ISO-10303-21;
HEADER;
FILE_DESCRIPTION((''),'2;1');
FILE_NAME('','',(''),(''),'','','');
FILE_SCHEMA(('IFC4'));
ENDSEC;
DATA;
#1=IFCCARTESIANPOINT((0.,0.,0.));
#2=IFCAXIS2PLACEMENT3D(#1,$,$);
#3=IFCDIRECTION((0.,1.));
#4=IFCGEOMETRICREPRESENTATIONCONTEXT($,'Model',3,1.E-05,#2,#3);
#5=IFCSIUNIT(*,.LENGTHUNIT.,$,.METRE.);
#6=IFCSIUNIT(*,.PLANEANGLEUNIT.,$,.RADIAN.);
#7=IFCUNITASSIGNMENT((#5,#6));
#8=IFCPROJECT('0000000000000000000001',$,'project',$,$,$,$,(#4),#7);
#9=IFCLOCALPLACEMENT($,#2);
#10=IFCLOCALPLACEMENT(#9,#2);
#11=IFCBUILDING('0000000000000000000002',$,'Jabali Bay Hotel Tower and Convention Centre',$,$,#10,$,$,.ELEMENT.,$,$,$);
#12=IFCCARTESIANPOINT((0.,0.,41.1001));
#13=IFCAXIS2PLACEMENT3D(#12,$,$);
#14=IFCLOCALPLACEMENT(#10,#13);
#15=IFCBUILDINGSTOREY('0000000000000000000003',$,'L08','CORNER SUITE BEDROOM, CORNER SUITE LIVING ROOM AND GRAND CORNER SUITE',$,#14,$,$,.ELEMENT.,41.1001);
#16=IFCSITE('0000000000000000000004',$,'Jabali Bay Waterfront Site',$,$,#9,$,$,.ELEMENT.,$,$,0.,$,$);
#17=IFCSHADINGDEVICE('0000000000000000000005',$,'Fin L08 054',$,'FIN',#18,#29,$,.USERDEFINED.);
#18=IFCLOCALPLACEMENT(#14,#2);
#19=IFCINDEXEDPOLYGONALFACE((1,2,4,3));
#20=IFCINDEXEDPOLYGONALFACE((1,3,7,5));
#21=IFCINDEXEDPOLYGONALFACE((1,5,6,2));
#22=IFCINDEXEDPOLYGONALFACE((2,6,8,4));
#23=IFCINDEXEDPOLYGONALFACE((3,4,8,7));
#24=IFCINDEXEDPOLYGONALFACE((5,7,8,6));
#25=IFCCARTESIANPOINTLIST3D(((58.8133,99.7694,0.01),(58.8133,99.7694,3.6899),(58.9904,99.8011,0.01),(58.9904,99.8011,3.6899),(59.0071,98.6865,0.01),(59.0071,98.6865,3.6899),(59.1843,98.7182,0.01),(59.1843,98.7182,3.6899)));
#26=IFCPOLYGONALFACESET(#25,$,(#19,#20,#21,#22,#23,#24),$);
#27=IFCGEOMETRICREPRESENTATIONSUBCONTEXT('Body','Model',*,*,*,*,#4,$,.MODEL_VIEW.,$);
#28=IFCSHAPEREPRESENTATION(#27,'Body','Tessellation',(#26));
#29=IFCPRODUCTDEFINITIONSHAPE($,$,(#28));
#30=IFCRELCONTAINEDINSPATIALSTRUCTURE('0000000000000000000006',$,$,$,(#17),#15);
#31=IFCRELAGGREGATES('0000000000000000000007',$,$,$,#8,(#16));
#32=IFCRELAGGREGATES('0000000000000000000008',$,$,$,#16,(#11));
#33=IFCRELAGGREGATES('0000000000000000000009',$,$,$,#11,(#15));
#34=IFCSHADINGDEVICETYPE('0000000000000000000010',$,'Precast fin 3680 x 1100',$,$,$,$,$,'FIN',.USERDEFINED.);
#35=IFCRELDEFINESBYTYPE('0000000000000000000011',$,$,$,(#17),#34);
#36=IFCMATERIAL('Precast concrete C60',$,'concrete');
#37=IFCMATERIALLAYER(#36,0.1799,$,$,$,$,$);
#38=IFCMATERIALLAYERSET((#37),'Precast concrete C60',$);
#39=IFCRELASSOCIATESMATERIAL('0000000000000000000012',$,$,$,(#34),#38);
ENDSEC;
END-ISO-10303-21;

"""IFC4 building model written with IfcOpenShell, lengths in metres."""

from ifc_helpers import new_model, si_unit, direction, frame, frame_2d, origin, place, context, subcontext, project, spatial, rectangle, extrude, material, layer, layer_set, type_object, element, save


model = new_model("IFC4")

# Units and contexts
model_context = context("Model", 3, precision=1e-05, world=origin(), true_north=direction((0.0, 1.0)))
body_context = subcontext(model_context, "Body", "Model", "MODEL_VIEW")
ifc_project = project(units=[si_unit("LENGTHUNIT", "METRE"), si_unit("PLANEANGLEUNIT", "RADIAN")], contexts=[model_context])

# Site, building, storey
site_placement = place(None, origin())
site = spatial("IfcSite", under=ifc_project, at=site_placement, Name="Jabali Bay Waterfront Site", CompositionType="ELEMENT", RefElevation=0.0)
building_placement = place(site_placement, origin())
building = spatial("IfcBuilding", under=site, at=building_placement, Name="Jabali Bay Hotel Tower and Convention Centre", CompositionType="ELEMENT")
storey_placement = place(building_placement, frame((0.0, 0.0, 41.1001)))
storey = spatial("IfcBuildingStorey", under=building, at=storey_placement, Name="L08", Description="CORNER SUITE BEDROOM, CORNER SUITE LIVING ROOM AND GRAND CORNER SUITE", CompositionType="ELEMENT", Elevation=41.1001)

# Shading device
ifc_material_1 = material(Name="Precast concrete C60", Category="concrete")
ifc_layer_1 = layer(ifc_material_1, 0.1799)
ifc_layer_set_1 = layer_set([ifc_layer_1], Name="Precast concrete C60")
shading_device_type = type_object("IfcShadingDeviceType", Name="Precast fin 3680 x 1100", ElementType="FIN", PredefinedType="USERDEFINED", material=ifc_layer_set_1)
shading_device_1_placement = place(storey_placement, frame((59.0957, 98.7024, 0.01), z_axis=(0.0, 0.0, 1.0), x_axis=(-0.176228, 0.984349, 0.0)))
element("IfcShadingDevice", 1, at=shading_device_1_placement, inside=storey, type_object=shading_device_type, Name="Fin L08 054", ObjectType="FIN", PredefinedType="USERDEFINED", context=body_context, shape_type="SweptSolid", body=[
    extrude(rectangle(XDim=1.1001, YDim=0.1799, at=frame_2d((0.55, 0.0))), origin(), (0.0, 0.0, 1.0), 3.6799),
])

save(model, "model.ifc")
